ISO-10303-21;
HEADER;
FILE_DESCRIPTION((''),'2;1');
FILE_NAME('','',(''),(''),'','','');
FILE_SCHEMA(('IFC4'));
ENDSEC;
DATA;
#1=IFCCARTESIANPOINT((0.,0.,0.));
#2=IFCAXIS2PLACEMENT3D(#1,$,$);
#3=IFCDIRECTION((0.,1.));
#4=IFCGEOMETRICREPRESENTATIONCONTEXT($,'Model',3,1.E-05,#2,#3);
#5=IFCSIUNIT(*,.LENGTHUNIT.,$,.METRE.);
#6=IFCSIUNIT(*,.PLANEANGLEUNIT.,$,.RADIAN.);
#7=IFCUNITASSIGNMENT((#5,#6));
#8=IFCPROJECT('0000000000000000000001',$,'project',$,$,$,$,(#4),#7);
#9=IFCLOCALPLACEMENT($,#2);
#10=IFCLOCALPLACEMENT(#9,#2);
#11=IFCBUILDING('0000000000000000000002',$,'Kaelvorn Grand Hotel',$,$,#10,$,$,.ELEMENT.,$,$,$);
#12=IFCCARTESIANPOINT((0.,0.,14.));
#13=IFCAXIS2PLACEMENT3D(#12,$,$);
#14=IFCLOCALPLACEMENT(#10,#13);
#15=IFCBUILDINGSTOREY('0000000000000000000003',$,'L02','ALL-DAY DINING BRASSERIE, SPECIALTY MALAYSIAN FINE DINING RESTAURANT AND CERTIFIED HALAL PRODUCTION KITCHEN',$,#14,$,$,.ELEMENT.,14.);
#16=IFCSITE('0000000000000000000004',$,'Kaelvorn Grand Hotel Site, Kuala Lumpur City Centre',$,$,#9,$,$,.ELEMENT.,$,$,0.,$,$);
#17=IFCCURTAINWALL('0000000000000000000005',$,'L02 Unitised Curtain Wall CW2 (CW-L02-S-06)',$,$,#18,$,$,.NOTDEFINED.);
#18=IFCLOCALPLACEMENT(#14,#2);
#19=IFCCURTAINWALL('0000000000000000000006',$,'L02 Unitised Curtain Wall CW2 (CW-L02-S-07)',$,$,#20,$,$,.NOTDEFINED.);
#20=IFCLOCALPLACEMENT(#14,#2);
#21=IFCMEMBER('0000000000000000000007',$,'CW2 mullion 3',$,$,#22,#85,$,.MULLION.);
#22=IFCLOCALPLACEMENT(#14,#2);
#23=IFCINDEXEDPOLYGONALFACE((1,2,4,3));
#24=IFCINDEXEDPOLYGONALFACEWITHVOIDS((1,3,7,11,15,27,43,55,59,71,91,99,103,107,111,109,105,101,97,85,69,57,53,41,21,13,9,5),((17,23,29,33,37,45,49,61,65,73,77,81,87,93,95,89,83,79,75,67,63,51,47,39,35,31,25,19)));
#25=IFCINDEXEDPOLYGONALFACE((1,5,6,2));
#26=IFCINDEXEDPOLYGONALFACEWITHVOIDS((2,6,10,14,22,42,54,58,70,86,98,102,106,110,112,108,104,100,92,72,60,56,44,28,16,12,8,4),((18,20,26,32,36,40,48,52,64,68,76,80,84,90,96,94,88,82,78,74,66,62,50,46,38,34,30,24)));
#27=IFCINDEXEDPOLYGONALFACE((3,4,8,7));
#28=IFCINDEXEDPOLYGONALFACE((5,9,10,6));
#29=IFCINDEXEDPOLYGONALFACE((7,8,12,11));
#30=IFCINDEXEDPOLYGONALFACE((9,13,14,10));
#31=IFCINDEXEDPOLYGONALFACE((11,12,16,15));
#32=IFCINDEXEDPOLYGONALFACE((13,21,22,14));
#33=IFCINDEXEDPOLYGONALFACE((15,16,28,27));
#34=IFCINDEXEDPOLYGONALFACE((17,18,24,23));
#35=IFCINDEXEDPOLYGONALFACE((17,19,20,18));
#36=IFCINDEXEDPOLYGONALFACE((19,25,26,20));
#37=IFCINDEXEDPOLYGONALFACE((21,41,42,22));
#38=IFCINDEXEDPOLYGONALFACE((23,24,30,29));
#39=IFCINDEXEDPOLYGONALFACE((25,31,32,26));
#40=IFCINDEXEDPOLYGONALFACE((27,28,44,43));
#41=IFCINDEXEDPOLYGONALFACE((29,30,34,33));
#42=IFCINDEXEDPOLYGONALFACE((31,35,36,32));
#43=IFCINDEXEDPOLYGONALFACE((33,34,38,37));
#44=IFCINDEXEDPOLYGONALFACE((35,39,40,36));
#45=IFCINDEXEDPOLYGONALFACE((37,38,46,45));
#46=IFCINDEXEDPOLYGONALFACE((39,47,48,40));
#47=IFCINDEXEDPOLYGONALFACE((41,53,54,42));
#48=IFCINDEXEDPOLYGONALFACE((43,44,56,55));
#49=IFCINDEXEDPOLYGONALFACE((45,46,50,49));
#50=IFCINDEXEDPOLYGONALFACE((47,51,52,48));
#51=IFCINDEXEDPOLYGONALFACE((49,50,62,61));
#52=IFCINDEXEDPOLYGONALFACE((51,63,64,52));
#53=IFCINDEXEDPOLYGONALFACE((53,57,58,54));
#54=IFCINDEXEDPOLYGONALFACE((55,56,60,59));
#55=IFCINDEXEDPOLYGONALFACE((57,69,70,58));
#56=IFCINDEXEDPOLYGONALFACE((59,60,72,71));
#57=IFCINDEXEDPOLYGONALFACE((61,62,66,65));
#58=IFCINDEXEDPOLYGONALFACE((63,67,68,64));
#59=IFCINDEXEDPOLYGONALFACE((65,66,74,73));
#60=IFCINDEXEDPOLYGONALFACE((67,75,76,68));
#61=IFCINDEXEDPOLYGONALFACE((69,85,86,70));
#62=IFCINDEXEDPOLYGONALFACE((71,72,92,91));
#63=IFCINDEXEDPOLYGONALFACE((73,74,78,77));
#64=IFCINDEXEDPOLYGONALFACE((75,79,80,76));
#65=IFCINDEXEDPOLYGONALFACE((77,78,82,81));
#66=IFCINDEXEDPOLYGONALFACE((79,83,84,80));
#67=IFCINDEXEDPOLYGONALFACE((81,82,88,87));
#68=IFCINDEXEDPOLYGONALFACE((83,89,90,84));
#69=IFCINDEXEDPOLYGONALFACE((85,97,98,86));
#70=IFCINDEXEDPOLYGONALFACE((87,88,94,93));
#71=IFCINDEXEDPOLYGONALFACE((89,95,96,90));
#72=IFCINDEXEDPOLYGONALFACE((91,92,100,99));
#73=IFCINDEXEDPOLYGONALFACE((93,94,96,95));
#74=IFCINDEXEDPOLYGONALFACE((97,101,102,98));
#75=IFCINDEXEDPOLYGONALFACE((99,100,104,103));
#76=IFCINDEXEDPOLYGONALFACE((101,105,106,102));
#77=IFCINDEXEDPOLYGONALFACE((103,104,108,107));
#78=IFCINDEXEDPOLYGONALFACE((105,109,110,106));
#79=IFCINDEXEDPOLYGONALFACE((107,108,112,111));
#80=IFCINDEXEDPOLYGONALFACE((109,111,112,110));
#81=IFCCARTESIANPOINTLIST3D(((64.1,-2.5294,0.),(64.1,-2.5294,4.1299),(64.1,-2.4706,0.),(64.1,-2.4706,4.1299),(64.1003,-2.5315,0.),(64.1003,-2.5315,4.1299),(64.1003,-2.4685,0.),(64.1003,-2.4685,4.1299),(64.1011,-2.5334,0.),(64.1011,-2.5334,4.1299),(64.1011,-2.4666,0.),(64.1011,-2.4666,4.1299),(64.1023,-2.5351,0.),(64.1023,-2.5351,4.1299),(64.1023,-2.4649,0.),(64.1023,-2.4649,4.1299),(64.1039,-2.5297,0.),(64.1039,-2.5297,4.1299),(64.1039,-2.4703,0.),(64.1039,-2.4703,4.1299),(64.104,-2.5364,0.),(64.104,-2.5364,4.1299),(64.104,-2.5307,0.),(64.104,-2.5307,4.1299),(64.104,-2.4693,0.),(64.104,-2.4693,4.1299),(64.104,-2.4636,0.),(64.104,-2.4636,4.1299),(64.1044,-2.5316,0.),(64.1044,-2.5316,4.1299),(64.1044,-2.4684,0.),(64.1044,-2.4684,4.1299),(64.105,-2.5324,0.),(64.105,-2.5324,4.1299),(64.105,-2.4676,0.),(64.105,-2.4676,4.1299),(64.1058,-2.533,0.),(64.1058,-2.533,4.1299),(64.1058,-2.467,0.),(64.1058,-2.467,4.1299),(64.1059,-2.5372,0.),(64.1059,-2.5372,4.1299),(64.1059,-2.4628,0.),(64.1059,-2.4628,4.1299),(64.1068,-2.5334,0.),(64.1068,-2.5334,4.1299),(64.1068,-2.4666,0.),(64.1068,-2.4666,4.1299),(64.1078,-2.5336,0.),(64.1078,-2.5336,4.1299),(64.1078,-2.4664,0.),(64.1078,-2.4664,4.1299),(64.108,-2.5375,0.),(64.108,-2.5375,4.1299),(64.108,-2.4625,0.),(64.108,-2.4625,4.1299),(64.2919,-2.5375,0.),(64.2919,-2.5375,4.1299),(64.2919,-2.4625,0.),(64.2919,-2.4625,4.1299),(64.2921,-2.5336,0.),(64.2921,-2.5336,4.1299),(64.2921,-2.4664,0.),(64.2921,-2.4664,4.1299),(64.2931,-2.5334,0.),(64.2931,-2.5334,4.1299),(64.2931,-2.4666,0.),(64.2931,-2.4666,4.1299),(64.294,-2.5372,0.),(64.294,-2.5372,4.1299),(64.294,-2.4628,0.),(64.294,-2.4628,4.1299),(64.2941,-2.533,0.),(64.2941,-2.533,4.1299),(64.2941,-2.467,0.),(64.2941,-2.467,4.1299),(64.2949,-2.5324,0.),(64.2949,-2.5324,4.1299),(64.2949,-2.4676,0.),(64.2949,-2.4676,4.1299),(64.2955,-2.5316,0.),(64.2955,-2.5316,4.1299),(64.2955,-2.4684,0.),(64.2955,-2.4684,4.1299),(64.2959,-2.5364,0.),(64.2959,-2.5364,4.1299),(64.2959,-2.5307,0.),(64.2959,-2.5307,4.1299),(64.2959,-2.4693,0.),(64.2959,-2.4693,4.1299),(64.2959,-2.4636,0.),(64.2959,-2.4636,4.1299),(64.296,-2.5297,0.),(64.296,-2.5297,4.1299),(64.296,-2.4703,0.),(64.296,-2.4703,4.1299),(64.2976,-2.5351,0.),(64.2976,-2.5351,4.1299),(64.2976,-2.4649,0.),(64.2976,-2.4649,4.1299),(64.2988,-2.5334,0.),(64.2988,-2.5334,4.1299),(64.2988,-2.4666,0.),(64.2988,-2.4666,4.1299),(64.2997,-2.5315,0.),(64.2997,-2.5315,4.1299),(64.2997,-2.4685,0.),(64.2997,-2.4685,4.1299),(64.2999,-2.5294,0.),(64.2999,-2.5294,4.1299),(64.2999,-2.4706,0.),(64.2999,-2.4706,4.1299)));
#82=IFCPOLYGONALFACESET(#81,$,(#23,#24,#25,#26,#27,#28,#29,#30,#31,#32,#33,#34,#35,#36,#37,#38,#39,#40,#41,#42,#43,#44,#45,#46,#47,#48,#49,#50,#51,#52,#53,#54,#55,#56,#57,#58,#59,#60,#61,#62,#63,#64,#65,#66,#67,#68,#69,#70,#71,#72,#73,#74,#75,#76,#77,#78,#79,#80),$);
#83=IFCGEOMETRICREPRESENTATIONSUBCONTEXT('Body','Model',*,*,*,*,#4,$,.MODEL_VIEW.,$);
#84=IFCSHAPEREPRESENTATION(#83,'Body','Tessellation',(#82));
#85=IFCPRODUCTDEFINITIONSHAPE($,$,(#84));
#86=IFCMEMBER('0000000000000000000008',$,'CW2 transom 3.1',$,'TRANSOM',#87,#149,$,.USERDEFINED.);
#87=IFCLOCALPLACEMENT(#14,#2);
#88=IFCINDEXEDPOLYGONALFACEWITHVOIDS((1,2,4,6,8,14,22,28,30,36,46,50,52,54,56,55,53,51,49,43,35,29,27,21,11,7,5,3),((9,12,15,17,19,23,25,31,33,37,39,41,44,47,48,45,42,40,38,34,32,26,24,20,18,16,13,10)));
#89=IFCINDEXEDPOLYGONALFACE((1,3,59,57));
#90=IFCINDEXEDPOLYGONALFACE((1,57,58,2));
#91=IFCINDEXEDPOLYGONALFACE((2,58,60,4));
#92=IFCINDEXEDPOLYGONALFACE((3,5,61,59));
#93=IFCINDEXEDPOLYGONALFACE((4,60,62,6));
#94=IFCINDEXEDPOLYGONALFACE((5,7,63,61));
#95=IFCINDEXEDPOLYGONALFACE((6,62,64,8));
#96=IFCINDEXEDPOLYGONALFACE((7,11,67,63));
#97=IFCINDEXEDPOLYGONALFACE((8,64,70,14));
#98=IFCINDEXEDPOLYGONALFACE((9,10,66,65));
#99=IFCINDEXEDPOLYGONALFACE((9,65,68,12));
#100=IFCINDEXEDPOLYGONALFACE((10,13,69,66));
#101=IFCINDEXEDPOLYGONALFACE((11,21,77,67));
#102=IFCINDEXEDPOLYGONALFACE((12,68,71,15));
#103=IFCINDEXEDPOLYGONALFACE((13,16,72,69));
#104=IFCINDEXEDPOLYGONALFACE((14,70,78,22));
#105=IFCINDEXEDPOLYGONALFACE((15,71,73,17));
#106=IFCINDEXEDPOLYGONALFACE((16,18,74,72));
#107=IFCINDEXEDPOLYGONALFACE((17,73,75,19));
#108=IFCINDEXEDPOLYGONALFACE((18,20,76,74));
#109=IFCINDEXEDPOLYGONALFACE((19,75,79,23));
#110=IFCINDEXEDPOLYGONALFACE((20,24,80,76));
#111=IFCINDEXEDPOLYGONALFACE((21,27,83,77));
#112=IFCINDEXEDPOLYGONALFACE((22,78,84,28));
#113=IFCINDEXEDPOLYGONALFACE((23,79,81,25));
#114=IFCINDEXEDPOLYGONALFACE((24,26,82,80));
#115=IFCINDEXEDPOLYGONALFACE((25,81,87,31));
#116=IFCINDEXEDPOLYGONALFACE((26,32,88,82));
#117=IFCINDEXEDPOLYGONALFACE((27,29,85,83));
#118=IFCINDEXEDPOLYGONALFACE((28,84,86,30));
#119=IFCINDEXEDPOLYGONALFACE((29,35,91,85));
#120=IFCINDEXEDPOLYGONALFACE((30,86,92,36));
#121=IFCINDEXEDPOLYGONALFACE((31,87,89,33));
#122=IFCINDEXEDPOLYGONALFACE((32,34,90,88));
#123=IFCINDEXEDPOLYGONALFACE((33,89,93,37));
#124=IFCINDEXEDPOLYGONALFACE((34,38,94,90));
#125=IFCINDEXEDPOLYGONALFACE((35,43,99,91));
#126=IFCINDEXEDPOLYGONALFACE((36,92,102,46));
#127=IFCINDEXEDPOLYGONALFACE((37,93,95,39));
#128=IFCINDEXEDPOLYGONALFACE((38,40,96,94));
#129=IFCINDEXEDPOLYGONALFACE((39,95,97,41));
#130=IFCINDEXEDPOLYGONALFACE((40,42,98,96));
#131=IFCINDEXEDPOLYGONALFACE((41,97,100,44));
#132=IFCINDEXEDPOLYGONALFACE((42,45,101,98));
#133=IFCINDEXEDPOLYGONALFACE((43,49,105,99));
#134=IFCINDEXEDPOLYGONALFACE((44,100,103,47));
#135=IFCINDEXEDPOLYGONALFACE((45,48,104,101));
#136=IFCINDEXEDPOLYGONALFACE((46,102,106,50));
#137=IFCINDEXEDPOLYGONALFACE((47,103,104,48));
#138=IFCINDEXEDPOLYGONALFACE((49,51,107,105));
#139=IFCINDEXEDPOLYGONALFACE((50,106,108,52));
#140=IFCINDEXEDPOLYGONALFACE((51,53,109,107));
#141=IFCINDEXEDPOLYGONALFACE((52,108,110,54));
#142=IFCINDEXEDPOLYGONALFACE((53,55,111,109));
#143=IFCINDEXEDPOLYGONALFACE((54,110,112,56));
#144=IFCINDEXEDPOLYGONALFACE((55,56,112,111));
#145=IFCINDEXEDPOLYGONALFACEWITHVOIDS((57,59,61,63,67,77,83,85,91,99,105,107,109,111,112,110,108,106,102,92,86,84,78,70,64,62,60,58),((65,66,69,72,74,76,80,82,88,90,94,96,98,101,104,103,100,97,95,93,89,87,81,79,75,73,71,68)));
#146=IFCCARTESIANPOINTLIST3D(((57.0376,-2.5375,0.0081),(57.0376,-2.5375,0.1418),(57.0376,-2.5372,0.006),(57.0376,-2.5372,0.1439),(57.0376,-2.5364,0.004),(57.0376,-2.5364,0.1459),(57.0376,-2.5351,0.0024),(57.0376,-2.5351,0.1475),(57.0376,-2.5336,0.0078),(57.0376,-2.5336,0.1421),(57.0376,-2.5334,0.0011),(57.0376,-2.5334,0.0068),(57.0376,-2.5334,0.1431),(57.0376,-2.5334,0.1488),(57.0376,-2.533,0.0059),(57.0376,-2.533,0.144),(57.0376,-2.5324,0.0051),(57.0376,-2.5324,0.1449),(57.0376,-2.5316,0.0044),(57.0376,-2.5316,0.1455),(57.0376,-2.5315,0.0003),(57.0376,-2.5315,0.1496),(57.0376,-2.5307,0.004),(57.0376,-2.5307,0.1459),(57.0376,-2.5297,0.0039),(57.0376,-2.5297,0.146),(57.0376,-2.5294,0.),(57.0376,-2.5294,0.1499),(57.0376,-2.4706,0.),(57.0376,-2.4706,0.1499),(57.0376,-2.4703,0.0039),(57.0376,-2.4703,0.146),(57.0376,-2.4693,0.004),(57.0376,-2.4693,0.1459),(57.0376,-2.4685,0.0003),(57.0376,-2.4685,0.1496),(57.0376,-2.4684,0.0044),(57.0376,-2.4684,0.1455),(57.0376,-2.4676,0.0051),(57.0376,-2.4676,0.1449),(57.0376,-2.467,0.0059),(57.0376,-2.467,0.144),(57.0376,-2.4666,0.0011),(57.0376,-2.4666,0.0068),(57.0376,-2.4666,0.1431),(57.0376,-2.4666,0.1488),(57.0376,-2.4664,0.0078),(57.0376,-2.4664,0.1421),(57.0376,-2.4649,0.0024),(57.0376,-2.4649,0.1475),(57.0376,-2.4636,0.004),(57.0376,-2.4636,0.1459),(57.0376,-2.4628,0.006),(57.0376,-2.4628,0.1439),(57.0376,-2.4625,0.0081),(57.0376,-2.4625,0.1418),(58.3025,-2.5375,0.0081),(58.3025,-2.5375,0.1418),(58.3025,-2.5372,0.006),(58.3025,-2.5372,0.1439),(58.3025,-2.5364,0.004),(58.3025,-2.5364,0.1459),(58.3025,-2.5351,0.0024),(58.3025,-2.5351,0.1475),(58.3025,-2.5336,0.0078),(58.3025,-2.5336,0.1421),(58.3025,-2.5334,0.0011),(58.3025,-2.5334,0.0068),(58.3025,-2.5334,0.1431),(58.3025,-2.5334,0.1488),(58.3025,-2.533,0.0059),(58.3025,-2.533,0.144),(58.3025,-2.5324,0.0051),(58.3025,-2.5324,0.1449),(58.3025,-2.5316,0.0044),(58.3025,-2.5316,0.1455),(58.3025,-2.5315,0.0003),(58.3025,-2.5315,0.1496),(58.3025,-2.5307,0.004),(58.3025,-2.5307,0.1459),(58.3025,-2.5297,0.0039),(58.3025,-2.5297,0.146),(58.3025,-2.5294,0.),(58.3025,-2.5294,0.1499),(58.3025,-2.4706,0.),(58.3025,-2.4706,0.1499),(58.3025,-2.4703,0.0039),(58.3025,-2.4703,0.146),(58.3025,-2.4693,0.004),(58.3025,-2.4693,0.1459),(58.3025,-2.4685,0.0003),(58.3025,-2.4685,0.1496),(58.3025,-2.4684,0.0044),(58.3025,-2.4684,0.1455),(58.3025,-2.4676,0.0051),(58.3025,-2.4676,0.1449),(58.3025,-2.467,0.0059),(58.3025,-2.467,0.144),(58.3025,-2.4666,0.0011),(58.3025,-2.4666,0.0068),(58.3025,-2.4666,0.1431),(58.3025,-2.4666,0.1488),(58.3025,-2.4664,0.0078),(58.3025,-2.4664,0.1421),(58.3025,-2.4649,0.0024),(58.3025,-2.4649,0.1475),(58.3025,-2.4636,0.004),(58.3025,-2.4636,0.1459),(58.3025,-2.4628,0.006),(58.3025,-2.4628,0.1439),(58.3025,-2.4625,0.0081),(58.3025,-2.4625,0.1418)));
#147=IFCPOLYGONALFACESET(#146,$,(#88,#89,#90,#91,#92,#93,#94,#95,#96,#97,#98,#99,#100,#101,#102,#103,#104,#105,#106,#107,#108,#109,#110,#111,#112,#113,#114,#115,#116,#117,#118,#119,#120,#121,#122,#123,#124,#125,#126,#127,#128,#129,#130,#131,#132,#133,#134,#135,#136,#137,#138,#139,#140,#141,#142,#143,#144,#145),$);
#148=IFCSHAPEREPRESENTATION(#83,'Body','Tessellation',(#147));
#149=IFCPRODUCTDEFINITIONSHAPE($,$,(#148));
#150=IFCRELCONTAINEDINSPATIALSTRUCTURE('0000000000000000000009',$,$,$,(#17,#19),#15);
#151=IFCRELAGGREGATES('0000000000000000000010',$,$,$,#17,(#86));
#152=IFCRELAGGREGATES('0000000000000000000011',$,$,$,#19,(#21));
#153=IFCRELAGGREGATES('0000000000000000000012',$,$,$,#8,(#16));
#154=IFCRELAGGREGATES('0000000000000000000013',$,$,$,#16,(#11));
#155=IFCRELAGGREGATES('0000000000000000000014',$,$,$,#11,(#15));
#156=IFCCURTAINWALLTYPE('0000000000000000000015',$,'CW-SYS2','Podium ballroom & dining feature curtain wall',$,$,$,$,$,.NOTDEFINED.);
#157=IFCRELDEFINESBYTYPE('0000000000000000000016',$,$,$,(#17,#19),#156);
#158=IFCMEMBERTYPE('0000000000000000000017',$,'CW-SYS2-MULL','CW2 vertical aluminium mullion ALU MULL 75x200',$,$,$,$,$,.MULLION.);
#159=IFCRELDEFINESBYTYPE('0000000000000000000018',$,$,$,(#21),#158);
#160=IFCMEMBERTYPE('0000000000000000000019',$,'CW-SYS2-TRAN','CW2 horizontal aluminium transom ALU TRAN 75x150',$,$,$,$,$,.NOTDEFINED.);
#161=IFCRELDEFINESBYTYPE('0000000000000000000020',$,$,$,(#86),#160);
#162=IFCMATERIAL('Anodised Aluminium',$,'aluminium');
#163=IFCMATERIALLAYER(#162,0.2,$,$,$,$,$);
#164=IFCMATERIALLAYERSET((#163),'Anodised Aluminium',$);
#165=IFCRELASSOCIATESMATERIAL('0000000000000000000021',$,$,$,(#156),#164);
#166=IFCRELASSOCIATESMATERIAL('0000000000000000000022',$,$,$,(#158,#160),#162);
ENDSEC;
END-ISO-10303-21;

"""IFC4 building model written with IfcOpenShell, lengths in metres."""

from ifc_helpers import new_model, si_unit, direction, frame, origin, origin_2d, place, context, subcontext, project, spatial, hollow_rectangle, extrude, material, layer, layer_set, material_profile, profile_set, type_object, element, aggregate, save


model = new_model("IFC4")

# Units and contexts
model_context = context("Model", 3, precision=1e-05, world=origin(), true_north=direction((0.0, 1.0)))
body_context = subcontext(model_context, "Body", "Model", "MODEL_VIEW")
ifc_project = project(units=[si_unit("LENGTHUNIT", "METRE"), si_unit("PLANEANGLEUNIT", "RADIAN")], contexts=[model_context])

# Site, building, storey
site_placement = place(None, origin())
site = spatial("IfcSite", under=ifc_project, at=site_placement, Name="Kaelvorn Grand Hotel Site, Kuala Lumpur City Centre", CompositionType="ELEMENT", RefElevation=0.0)
building_placement = place(site_placement, origin())
building = spatial("IfcBuilding", under=site, at=building_placement, Name="Kaelvorn Grand Hotel", CompositionType="ELEMENT")
storey_placement = place(building_placement, frame((0.0, 0.0, 14.0)))
storey = spatial("IfcBuildingStorey", under=building, at=storey_placement, Name="L02", Description="ALL-DAY DINING BRASSERIE, SPECIALTY MALAYSIAN FINE DINING RESTAURANT AND CERTIFIED HALAL PRODUCTION KITCHEN", CompositionType="ELEMENT", Elevation=14.0)

# Curtain walls, member
ifc_material_1 = material(Name="Anodised Aluminium", Category="aluminium")
ifc_layer_1 = layer(ifc_material_1, 0.2)
ifc_layer_set_1 = layer_set([ifc_layer_1], Name="Anodised Aluminium")
curtain_wall_type = type_object("IfcCurtainWallType", Name="CW-SYS2", Description="Podium ballroom & dining feature curtain wall", PredefinedType="NOTDEFINED", material=ifc_layer_set_1)
curtain_wall_1_placement = place(storey_placement, origin())
curtain_wall_1 = element("IfcCurtainWall", 1, at=curtain_wall_1_placement, inside=storey, type_object=curtain_wall_type, Name="L02 Unitised Curtain Wall CW2 (CW-L02-S-06)", PredefinedType="NOTDEFINED")
ifc_material_profile_1 = material_profile(ifc_material_1, hollow_rectangle(XDim=0.075, YDim=0.2, WallThickness=0.0039, InnerFilletRadius=0.0039, OuterFilletRadius=0.0081, at=origin_2d()), Name="ALU MULL 75x200")
ifc_profile_set_1 = profile_set([ifc_material_profile_1], Name="Anodised Aluminium")
member_type_1 = type_object("IfcMemberType", Name="CW-SYS2-MULL", Description="CW2 vertical aluminium mullion ALU MULL 75x200", PredefinedType="MULLION", material=ifc_profile_set_1)
curtain_wall_2_placement = place(storey_placement, origin())
curtain_wall_2 = element("IfcCurtainWall", 2, at=curtain_wall_2_placement, inside=storey, type_object=curtain_wall_type, Name="L02 Unitised Curtain Wall CW2 (CW-L02-S-07)", PredefinedType="NOTDEFINED")
member_1_placement = place(storey_placement, frame((64.2, -2.5, 0.0), z_axis=(0.0, 0.0, 1.0), x_axis=(0.0, 1.0, 0.0)))
member_1 = element("IfcMember", 3, at=member_1_placement, type_object=member_type_1, Name="CW2 mullion 3", PredefinedType="MULLION", context=body_context, shape_type="SweptSolid", body=[
    extrude(hollow_rectangle(XDim=0.075, YDim=0.2, WallThickness=0.0039, InnerFilletRadius=0.0039, OuterFilletRadius=0.0081, at=origin_2d()), origin(), (0.0, 0.0, 1.0), 4.1299),
])

# Member
ifc_material_profile_2 = material_profile(ifc_material_1, hollow_rectangle(XDim=0.075, YDim=0.1499, WallThickness=0.0039, InnerFilletRadius=0.0039, OuterFilletRadius=0.0081, at=origin_2d()), Name="ALU TRAN 75x150")
ifc_profile_set_2 = profile_set([ifc_material_profile_2], Name="Anodised Aluminium")
member_type_2 = type_object("IfcMemberType", Name="CW-SYS2-TRAN", Description="CW2 horizontal aluminium transom ALU TRAN 75x150", PredefinedType="NOTDEFINED", material=ifc_profile_set_2)
member_2_placement = place(storey_placement, frame((57.0376, -2.5, 0.075), z_axis=(1.0, 0.0, 0.0), x_axis=(0.0, 1.0, 0.0)))
member_2 = element("IfcMember", 4, at=member_2_placement, type_object=member_type_2, Name="CW2 transom 3.1", ObjectType="TRANSOM", PredefinedType="USERDEFINED", context=body_context, shape_type="SweptSolid", body=[
    extrude(hollow_rectangle(XDim=0.075, YDim=0.1499, WallThickness=0.0039, InnerFilletRadius=0.0039, OuterFilletRadius=0.0081, at=origin_2d()), origin(), (0.0, 0.0, 1.0), 1.2649),
])

aggregate(curtain_wall_1, [member_2])
aggregate(curtain_wall_2, [member_1])

save(model, "model.ifc")
